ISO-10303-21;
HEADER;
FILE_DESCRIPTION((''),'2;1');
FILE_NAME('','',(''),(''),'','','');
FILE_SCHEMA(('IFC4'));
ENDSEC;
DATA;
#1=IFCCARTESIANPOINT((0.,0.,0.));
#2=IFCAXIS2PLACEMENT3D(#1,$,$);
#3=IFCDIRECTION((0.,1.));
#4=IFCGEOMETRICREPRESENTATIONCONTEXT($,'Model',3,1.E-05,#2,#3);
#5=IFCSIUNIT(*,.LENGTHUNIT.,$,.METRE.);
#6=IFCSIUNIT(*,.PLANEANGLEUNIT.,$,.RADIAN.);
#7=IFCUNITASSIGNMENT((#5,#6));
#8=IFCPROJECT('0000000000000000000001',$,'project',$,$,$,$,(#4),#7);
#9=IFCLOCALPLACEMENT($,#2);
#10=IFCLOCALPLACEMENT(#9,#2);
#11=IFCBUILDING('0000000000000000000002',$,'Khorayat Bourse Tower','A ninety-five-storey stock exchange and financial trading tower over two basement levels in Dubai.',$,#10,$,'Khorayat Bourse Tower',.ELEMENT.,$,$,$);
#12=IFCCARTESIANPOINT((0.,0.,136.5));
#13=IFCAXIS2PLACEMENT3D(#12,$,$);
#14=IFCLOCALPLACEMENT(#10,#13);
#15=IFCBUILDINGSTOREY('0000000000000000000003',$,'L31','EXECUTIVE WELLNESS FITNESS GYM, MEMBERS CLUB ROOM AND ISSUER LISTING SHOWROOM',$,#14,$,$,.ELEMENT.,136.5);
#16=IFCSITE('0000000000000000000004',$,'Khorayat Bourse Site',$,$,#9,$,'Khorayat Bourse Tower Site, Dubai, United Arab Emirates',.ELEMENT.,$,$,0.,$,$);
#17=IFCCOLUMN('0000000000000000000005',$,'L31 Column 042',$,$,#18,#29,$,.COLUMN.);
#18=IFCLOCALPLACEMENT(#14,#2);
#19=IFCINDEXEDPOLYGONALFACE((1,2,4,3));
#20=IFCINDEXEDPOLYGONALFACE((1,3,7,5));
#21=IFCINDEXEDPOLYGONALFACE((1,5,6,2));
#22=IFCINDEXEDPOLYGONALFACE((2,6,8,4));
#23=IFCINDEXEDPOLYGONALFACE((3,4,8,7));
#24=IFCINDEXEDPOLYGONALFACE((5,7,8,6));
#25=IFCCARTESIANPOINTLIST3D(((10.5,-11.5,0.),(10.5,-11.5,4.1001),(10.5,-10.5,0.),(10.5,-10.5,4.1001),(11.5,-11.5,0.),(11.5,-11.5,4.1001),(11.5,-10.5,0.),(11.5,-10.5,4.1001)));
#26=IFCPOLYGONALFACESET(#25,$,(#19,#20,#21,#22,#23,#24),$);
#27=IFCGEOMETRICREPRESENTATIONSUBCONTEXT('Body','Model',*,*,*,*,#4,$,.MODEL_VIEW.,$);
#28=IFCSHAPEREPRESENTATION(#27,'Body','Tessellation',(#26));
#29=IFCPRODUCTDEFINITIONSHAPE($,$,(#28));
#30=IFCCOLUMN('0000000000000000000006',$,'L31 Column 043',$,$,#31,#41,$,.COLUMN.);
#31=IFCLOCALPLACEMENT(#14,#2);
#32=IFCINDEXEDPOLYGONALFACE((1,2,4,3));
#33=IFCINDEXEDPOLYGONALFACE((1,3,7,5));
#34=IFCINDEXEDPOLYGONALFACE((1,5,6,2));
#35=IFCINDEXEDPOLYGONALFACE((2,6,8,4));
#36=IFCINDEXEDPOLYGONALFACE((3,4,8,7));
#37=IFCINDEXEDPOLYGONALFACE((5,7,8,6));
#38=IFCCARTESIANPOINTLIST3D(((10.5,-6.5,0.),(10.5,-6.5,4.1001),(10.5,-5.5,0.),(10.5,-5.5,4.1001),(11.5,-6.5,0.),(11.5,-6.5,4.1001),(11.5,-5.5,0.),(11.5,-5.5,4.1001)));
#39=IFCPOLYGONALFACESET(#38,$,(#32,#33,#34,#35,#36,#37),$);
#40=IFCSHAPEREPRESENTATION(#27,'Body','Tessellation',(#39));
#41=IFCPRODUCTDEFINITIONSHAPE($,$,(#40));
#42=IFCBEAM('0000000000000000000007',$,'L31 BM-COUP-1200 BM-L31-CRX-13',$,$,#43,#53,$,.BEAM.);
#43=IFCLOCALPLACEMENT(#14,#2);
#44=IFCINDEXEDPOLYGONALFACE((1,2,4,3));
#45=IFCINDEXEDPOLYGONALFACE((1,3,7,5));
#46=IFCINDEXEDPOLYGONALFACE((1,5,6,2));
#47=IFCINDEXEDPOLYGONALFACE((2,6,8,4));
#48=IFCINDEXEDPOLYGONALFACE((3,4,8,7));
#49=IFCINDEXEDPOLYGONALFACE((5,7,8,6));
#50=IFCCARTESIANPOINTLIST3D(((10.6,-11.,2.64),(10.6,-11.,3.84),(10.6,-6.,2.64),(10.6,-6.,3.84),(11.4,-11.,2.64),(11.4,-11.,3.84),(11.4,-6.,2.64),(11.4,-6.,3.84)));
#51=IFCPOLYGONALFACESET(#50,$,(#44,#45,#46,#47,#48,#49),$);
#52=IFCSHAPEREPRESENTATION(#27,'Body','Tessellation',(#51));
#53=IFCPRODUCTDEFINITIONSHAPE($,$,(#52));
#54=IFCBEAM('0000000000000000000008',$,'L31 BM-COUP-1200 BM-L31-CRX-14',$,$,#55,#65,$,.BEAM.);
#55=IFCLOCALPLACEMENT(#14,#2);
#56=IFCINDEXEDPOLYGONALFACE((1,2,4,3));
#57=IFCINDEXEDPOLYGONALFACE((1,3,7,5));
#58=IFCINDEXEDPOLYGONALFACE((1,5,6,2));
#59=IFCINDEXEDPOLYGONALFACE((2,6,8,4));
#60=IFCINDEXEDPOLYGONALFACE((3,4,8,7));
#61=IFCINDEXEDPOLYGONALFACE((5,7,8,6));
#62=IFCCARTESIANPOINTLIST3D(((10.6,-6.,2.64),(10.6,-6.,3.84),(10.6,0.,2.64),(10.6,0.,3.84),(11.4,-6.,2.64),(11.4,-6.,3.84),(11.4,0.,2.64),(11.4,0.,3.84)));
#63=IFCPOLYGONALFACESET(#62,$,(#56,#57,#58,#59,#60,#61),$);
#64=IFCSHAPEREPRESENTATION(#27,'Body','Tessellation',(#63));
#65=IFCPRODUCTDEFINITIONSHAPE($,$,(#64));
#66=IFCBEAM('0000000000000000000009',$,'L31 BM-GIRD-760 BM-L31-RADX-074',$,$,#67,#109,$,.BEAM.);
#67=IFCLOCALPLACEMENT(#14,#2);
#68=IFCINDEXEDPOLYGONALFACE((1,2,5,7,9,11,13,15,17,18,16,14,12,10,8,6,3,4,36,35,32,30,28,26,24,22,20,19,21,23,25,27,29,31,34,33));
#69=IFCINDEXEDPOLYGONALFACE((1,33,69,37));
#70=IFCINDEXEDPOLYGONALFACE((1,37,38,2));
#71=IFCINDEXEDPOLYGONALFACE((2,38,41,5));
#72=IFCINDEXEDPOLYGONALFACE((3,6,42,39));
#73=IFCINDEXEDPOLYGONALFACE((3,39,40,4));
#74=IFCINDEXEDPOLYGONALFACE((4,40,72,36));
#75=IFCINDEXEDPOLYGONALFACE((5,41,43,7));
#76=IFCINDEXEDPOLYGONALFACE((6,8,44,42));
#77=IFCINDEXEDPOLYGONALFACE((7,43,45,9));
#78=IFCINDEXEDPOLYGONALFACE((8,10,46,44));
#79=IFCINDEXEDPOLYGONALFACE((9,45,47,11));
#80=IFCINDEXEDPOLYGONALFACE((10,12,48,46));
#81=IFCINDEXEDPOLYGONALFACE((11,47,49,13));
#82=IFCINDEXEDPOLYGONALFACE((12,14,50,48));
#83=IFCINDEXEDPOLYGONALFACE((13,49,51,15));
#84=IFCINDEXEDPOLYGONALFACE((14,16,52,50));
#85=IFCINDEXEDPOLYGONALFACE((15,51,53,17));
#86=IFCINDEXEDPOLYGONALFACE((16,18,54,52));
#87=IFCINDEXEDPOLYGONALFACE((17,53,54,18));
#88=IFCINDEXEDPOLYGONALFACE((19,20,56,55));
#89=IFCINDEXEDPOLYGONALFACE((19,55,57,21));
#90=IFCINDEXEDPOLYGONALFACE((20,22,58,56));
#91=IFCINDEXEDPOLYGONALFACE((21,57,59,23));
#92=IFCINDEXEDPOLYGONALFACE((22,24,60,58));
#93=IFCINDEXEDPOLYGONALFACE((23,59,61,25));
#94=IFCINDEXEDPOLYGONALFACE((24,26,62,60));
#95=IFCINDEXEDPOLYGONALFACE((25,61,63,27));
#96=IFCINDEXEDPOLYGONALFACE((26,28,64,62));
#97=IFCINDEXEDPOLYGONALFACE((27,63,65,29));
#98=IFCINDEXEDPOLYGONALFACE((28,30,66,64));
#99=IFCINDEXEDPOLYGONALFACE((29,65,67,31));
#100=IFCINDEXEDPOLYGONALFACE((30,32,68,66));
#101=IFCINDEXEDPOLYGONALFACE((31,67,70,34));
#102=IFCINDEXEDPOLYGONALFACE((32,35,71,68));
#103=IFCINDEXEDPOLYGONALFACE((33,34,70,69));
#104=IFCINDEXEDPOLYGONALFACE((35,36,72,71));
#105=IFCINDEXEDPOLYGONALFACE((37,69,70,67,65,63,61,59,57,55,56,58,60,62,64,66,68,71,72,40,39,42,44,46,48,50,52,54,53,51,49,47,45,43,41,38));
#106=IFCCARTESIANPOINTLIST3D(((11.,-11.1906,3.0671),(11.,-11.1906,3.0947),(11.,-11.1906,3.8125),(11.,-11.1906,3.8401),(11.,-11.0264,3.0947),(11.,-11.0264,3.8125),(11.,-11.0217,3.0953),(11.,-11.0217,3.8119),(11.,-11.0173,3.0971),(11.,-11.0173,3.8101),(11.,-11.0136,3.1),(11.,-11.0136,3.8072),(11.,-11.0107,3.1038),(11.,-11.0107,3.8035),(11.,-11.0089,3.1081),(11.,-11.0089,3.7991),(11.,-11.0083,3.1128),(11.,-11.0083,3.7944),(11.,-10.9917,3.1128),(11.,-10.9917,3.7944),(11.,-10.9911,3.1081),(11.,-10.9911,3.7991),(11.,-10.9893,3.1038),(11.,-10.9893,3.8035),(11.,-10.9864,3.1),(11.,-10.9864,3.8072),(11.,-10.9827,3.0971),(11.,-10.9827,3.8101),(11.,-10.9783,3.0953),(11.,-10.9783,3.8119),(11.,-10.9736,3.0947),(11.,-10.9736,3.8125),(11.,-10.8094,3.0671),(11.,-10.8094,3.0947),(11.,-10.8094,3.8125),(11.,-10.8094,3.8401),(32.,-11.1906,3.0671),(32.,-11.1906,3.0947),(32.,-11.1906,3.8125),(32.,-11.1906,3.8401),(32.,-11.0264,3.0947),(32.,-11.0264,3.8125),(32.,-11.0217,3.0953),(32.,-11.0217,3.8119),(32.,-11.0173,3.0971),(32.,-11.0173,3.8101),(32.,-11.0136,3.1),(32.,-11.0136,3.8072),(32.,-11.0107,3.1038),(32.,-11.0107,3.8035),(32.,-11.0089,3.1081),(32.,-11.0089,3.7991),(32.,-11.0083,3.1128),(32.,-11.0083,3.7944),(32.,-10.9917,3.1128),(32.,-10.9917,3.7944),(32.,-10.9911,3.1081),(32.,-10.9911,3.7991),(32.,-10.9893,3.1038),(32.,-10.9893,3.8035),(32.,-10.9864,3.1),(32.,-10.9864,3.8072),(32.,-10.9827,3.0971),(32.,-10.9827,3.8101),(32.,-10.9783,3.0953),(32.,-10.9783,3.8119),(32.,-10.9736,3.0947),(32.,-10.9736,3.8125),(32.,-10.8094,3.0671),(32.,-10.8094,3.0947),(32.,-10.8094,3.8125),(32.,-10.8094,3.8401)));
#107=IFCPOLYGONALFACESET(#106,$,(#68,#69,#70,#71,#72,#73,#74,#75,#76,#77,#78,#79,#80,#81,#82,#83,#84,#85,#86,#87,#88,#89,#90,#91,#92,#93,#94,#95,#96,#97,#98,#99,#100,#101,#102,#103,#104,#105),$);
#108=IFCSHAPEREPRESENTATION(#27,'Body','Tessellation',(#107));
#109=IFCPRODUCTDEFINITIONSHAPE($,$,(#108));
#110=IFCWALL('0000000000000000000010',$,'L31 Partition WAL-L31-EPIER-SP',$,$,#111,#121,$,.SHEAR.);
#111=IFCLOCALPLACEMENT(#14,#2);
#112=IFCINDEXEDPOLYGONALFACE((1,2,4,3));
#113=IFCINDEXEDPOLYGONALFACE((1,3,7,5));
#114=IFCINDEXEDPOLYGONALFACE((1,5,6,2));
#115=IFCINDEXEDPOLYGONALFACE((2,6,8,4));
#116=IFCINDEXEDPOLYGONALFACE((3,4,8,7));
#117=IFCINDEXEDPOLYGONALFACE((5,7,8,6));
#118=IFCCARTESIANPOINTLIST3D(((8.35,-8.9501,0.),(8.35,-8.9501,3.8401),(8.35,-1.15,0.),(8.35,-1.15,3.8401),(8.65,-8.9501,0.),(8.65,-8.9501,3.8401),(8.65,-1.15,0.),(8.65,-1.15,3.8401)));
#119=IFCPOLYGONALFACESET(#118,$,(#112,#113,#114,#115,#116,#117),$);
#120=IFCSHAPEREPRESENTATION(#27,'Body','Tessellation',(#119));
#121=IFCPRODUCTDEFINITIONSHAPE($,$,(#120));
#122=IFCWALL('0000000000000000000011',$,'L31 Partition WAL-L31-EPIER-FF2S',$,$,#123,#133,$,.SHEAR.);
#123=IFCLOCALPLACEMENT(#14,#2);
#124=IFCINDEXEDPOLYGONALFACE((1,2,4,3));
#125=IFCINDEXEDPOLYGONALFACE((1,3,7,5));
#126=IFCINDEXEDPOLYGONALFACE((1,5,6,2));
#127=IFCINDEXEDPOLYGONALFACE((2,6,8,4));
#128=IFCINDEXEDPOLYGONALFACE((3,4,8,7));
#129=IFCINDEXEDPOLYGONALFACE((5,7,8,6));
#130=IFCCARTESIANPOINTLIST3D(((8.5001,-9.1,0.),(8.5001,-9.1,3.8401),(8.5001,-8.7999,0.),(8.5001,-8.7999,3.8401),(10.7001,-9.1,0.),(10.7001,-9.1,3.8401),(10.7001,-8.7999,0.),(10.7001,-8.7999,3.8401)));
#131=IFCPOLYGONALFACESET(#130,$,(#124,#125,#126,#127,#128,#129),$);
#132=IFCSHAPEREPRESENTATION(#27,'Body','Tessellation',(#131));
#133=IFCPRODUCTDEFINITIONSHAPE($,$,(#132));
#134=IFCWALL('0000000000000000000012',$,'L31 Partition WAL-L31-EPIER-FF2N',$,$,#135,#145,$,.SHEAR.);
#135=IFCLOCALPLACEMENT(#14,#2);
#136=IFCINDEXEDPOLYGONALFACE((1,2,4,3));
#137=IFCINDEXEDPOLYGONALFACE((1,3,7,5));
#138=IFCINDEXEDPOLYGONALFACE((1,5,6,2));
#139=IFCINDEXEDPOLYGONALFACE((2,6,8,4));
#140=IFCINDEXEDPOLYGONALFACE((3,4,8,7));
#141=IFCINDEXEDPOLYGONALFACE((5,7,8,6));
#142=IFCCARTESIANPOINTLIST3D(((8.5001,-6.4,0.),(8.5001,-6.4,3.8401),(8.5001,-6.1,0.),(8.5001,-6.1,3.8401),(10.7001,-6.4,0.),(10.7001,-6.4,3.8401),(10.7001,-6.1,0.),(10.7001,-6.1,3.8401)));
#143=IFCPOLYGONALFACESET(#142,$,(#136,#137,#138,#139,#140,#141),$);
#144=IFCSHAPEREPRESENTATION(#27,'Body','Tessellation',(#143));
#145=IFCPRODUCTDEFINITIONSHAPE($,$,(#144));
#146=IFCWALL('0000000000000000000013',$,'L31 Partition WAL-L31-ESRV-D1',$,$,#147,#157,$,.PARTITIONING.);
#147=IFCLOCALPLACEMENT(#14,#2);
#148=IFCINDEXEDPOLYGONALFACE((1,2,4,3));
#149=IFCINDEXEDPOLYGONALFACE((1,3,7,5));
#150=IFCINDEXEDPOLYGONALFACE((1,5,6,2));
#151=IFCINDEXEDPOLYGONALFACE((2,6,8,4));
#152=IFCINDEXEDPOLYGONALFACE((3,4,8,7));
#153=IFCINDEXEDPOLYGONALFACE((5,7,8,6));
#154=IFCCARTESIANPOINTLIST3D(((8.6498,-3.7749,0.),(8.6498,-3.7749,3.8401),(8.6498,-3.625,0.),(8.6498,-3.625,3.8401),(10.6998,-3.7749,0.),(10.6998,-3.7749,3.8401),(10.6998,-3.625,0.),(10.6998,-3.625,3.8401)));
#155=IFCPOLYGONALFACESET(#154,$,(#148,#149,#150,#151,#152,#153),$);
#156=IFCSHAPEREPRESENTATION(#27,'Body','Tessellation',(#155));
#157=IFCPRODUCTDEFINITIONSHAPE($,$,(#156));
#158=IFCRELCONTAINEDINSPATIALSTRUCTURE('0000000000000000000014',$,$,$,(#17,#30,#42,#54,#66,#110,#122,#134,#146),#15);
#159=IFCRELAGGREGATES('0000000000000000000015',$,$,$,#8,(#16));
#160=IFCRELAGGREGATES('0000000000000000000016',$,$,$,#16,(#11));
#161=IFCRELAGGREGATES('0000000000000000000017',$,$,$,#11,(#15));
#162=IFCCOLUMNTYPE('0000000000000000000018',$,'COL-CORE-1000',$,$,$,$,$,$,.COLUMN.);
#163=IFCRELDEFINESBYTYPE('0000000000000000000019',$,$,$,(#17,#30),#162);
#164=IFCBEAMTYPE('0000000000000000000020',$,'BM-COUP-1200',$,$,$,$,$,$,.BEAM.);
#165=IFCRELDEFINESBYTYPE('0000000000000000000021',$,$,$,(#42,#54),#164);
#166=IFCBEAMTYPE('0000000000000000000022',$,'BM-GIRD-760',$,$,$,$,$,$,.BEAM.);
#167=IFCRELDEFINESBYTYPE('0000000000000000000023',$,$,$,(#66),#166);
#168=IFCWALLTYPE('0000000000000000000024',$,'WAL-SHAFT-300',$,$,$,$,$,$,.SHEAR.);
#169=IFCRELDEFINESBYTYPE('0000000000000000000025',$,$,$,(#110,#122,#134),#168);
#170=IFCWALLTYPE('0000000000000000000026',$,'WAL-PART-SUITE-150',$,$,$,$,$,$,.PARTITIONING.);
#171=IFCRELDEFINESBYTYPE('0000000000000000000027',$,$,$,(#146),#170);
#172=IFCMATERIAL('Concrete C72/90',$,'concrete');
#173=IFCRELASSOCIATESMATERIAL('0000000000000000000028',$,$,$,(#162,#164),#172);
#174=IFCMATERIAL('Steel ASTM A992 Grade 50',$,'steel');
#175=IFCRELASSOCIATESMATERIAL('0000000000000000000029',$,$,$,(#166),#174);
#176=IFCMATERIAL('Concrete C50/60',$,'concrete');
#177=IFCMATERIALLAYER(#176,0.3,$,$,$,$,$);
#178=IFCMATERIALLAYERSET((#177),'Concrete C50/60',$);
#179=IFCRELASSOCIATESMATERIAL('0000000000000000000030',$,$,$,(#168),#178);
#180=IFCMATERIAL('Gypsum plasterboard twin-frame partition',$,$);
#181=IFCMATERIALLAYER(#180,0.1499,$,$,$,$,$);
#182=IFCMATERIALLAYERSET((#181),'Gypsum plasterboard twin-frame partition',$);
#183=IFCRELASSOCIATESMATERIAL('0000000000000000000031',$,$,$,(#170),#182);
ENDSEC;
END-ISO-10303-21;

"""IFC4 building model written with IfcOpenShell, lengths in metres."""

from ifc_helpers import new_model, si_unit, direction, frame, frame_2d, origin, origin_2d, place, context, subcontext, project, spatial, rectangle, i_section, extrude, source, transform, mapped, material, layer, layer_set, material_profile, profile_set, type_object, element, save


model = new_model("IFC4")

# Units and contexts
model_context = context("Model", 3, precision=1e-05, world=origin(), true_north=direction((0.0, 1.0)))
body_context = subcontext(model_context, "Body", "Model", "MODEL_VIEW")
ifc_project = project(units=[si_unit("LENGTHUNIT", "METRE"), si_unit("PLANEANGLEUNIT", "RADIAN")], contexts=[model_context])

# Site, building, storey
site_placement = place(None, origin())
site = spatial("IfcSite", under=ifc_project, at=site_placement, Name="Khorayat Bourse Site", LongName="Khorayat Bourse Tower Site, Dubai, United Arab Emirates", CompositionType="ELEMENT", RefElevation=0.0)
building_placement = place(site_placement, origin())
building = spatial("IfcBuilding", under=site, at=building_placement, Name="Khorayat Bourse Tower", Description="A ninety-five-storey stock exchange and financial trading tower over two basement levels in Dubai.", LongName="Khorayat Bourse Tower", CompositionType="ELEMENT")
storey_placement = place(building_placement, frame((0.0, 0.0, 136.5)))
storey = spatial("IfcBuildingStorey", under=building, at=storey_placement, Name="L31", Description="EXECUTIVE WELLNESS FITNESS GYM, MEMBERS CLUB ROOM AND ISSUER LISTING SHOWROOM", CompositionType="ELEMENT", Elevation=136.5)

# Columns
ifc_material_1 = material(Name="Concrete C72/90", Category="concrete")
ifc_material_profile_1 = material_profile(ifc_material_1, rectangle(XDim=1.0, YDim=1.0, at=origin_2d()), Name="RC 1000x1000")
ifc_profile_set_1 = profile_set([ifc_material_profile_1], Name="Concrete C72/90")
column_type = type_object("IfcColumnType", Name="COL-CORE-1000", PredefinedType="COLUMN", material=ifc_profile_set_1)
shared_shape_1 = source(origin(), body_context, "Body", "SweptSolid", [
    extrude(rectangle(XDim=1.0, YDim=1.0, at=origin_2d()), origin(), (0.0, 0.0, 1.0), 4.1001),
])
for number, where, z_axis, x_axis, name in (
    (1, (11.0, -11.0, 0.0), (0.0, 0.0, 1.0), (1.0, 0.0, 0.0), "L31 Column 042"),
    (2, (11.0, -6.0, 0.0), (0.0, 0.0, 1.0), (1.0, 0.0, 0.0), "L31 Column 043"),
):
    element("IfcColumn", number, at=place(storey_placement, frame(where, z_axis=z_axis, x_axis=x_axis)), inside=storey, type_object=column_type, Name=name, PredefinedType="COLUMN", context=body_context, shape_type="MappedRepresentation", body=[
        mapped(shared_shape_1, transform((0.0, 0.0, 0.0), scale=1.0)),
    ])

# Beams
ifc_material_profile_2 = material_profile(ifc_material_1, rectangle(XDim=0.8, YDim=1.2, at=origin_2d()), Name="RC 800x1200")
ifc_profile_set_2 = profile_set([ifc_material_profile_2], Name="Concrete C72/90")
beam_type_1 = type_object("IfcBeamType", Name="BM-COUP-1200", PredefinedType="BEAM", material=ifc_profile_set_2)
shared_shape_2 = source(origin(), body_context, "Body", "SweptSolid", [
    extrude(rectangle(XDim=0.8, YDim=1.2, at=origin_2d()), origin(), (0.0, 0.0, 1.0), 5.0),
])
beam_1_placement = place(storey_placement, frame((11.0, -11.0, 3.24), z_axis=(0.0, 1.0, 0.0), x_axis=(-1.0, 0.0, 0.0)))
element("IfcBeam", 3, at=beam_1_placement, inside=storey, type_object=beam_type_1, Name="L31 BM-COUP-1200 BM-L31-CRX-13", PredefinedType="BEAM", context=body_context, shape_type="MappedRepresentation", body=[
    mapped(shared_shape_2, transform((0.0, 0.0, 0.0), scale=1.0)),
])
shared_shape_3 = source(origin(), body_context, "Body", "SweptSolid", [
    extrude(rectangle(XDim=0.8, YDim=1.2, at=origin_2d()), origin(), (0.0, 0.0, 1.0), 6.0),
])
beam_2_placement = place(storey_placement, frame((11.0, -6.0, 3.24), z_axis=(0.0, 1.0, 0.0), x_axis=(-1.0, 0.0, 0.0)))
element("IfcBeam", 4, at=beam_2_placement, inside=storey, type_object=beam_type_1, Name="L31 BM-COUP-1200 BM-L31-CRX-14", PredefinedType="BEAM", context=body_context, shape_type="MappedRepresentation", body=[
    mapped(shared_shape_3, transform((0.0, 0.0, 0.0), scale=1.0)),
])
ifc_material_2 = material(Name="Steel ASTM A992 Grade 50", Category="steel")
ifc_material_profile_3 = material_profile(ifc_material_2, i_section(OverallWidth=0.3811, OverallDepth=0.7729, WebThickness=0.0166, FlangeThickness=0.0276, FilletRadius=0.0181, at=origin_2d()), Name="W760X257")
ifc_profile_set_3 = profile_set([ifc_material_profile_3], Name="Steel ASTM A992 Grade 50")
beam_type_2 = type_object("IfcBeamType", Name="BM-GIRD-760", PredefinedType="BEAM", material=ifc_profile_set_3)
shared_shape_4 = source(origin(), body_context, "Body", "SweptSolid", [
    extrude(i_section(OverallWidth=0.3811, OverallDepth=0.7729, WebThickness=0.0166, FlangeThickness=0.0276, FilletRadius=0.0181, at=origin_2d()), origin(), (0.0, 0.0, 1.0), 21.0),
])
beam_3_placement = place(storey_placement, frame((11.0, -11.0, 3.4536), z_axis=(1.0, 0.0, 0.0), x_axis=(0.0, 1.0, 0.0)))
element("IfcBeam", 5, at=beam_3_placement, inside=storey, type_object=beam_type_2, Name="L31 BM-GIRD-760 BM-L31-RADX-074", PredefinedType="BEAM", context=body_context, shape_type="MappedRepresentation", body=[
    mapped(shared_shape_4, transform((0.0, 0.0, 0.0), scale=1.0)),
])

# Walls
ifc_material_3 = material(Name="Concrete C50/60", Category="concrete")
ifc_layer_1 = layer(ifc_material_3, 0.3)
ifc_layer_set_1 = layer_set([ifc_layer_1], Name="Concrete C50/60")
wall_type_1 = type_object("IfcWallType", Name="WAL-SHAFT-300", PredefinedType="SHEAR", material=ifc_layer_set_1)
shared_shape_5 = source(origin(), body_context, "Body", "SweptSolid", [
    extrude(rectangle(XDim=7.8, YDim=0.3, at=frame_2d((3.8999, 0.0))), origin(), (0.0, 0.0, 1.0), 3.8401),
])
wall_1_placement = place(storey_placement, frame((8.5, -8.95, 0.0), z_axis=(0.0, 0.0, 1.0), x_axis=(0.0, 1.0, 0.0)))
element("IfcWall", 6, at=wall_1_placement, inside=storey, type_object=wall_type_1, Name="L31 Partition WAL-L31-EPIER-SP", PredefinedType="SHEAR", context=body_context, shape_type="MappedRepresentation", body=[
    mapped(shared_shape_5, transform((0.0, 0.0, 0.0), scale=1.0)),
])
shared_shape_6 = source(origin(), body_context, "Body", "SweptSolid", [
    extrude(rectangle(XDim=2.2, YDim=0.3, at=frame_2d((1.1001, 0.0))), origin(), (0.0, 0.0, 1.0), 3.8401),
])
for number, where, z_axis, x_axis, name in (
    (7, (8.5, -8.95, 0.0), (0.0, 0.0, 1.0), (1.0, 0.0, 0.0), "L31 Partition WAL-L31-EPIER-FF2S"),
    (8, (8.5, -6.25, 0.0), (0.0, 0.0, 1.0), (1.0, 0.0, 0.0), "L31 Partition WAL-L31-EPIER-FF2N"),
):
    element("IfcWall", number, at=place(storey_placement, frame(where, z_axis=z_axis, x_axis=x_axis)), inside=storey, type_object=wall_type_1, Name=name, PredefinedType="SHEAR", context=body_context, shape_type="MappedRepresentation", body=[
        mapped(shared_shape_6, transform((0.0, 0.0, 0.0), scale=1.0)),
    ])
ifc_material_4 = material(Name="Gypsum plasterboard twin-frame partition")
ifc_layer_2 = layer(ifc_material_4, 0.1499)
ifc_layer_set_2 = layer_set([ifc_layer_2], Name="Gypsum plasterboard twin-frame partition")
wall_type_2 = type_object("IfcWallType", Name="WAL-PART-SUITE-150", PredefinedType="PARTITIONING", material=ifc_layer_set_2)
shared_shape_7 = source(origin(), body_context, "Body", "SweptSolid", [
    extrude(rectangle(XDim=2.05, YDim=0.1499, at=frame_2d((1.0249, 0.0))), origin(), (0.0, 0.0, 1.0), 3.8401),
])
wall_2_placement = place(storey_placement, frame((8.6499, -3.7, 0.0), z_axis=(0.0, 0.0, 1.0), x_axis=(1.0, 0.0, 0.0)))
element("IfcWall", 9, at=wall_2_placement, inside=storey, type_object=wall_type_2, Name="L31 Partition WAL-L31-ESRV-D1", PredefinedType="PARTITIONING", context=body_context, shape_type="MappedRepresentation", body=[
    mapped(shared_shape_7, transform((0.0, 0.0, 0.0), scale=1.0)),
])

save(model, "model.ifc")
